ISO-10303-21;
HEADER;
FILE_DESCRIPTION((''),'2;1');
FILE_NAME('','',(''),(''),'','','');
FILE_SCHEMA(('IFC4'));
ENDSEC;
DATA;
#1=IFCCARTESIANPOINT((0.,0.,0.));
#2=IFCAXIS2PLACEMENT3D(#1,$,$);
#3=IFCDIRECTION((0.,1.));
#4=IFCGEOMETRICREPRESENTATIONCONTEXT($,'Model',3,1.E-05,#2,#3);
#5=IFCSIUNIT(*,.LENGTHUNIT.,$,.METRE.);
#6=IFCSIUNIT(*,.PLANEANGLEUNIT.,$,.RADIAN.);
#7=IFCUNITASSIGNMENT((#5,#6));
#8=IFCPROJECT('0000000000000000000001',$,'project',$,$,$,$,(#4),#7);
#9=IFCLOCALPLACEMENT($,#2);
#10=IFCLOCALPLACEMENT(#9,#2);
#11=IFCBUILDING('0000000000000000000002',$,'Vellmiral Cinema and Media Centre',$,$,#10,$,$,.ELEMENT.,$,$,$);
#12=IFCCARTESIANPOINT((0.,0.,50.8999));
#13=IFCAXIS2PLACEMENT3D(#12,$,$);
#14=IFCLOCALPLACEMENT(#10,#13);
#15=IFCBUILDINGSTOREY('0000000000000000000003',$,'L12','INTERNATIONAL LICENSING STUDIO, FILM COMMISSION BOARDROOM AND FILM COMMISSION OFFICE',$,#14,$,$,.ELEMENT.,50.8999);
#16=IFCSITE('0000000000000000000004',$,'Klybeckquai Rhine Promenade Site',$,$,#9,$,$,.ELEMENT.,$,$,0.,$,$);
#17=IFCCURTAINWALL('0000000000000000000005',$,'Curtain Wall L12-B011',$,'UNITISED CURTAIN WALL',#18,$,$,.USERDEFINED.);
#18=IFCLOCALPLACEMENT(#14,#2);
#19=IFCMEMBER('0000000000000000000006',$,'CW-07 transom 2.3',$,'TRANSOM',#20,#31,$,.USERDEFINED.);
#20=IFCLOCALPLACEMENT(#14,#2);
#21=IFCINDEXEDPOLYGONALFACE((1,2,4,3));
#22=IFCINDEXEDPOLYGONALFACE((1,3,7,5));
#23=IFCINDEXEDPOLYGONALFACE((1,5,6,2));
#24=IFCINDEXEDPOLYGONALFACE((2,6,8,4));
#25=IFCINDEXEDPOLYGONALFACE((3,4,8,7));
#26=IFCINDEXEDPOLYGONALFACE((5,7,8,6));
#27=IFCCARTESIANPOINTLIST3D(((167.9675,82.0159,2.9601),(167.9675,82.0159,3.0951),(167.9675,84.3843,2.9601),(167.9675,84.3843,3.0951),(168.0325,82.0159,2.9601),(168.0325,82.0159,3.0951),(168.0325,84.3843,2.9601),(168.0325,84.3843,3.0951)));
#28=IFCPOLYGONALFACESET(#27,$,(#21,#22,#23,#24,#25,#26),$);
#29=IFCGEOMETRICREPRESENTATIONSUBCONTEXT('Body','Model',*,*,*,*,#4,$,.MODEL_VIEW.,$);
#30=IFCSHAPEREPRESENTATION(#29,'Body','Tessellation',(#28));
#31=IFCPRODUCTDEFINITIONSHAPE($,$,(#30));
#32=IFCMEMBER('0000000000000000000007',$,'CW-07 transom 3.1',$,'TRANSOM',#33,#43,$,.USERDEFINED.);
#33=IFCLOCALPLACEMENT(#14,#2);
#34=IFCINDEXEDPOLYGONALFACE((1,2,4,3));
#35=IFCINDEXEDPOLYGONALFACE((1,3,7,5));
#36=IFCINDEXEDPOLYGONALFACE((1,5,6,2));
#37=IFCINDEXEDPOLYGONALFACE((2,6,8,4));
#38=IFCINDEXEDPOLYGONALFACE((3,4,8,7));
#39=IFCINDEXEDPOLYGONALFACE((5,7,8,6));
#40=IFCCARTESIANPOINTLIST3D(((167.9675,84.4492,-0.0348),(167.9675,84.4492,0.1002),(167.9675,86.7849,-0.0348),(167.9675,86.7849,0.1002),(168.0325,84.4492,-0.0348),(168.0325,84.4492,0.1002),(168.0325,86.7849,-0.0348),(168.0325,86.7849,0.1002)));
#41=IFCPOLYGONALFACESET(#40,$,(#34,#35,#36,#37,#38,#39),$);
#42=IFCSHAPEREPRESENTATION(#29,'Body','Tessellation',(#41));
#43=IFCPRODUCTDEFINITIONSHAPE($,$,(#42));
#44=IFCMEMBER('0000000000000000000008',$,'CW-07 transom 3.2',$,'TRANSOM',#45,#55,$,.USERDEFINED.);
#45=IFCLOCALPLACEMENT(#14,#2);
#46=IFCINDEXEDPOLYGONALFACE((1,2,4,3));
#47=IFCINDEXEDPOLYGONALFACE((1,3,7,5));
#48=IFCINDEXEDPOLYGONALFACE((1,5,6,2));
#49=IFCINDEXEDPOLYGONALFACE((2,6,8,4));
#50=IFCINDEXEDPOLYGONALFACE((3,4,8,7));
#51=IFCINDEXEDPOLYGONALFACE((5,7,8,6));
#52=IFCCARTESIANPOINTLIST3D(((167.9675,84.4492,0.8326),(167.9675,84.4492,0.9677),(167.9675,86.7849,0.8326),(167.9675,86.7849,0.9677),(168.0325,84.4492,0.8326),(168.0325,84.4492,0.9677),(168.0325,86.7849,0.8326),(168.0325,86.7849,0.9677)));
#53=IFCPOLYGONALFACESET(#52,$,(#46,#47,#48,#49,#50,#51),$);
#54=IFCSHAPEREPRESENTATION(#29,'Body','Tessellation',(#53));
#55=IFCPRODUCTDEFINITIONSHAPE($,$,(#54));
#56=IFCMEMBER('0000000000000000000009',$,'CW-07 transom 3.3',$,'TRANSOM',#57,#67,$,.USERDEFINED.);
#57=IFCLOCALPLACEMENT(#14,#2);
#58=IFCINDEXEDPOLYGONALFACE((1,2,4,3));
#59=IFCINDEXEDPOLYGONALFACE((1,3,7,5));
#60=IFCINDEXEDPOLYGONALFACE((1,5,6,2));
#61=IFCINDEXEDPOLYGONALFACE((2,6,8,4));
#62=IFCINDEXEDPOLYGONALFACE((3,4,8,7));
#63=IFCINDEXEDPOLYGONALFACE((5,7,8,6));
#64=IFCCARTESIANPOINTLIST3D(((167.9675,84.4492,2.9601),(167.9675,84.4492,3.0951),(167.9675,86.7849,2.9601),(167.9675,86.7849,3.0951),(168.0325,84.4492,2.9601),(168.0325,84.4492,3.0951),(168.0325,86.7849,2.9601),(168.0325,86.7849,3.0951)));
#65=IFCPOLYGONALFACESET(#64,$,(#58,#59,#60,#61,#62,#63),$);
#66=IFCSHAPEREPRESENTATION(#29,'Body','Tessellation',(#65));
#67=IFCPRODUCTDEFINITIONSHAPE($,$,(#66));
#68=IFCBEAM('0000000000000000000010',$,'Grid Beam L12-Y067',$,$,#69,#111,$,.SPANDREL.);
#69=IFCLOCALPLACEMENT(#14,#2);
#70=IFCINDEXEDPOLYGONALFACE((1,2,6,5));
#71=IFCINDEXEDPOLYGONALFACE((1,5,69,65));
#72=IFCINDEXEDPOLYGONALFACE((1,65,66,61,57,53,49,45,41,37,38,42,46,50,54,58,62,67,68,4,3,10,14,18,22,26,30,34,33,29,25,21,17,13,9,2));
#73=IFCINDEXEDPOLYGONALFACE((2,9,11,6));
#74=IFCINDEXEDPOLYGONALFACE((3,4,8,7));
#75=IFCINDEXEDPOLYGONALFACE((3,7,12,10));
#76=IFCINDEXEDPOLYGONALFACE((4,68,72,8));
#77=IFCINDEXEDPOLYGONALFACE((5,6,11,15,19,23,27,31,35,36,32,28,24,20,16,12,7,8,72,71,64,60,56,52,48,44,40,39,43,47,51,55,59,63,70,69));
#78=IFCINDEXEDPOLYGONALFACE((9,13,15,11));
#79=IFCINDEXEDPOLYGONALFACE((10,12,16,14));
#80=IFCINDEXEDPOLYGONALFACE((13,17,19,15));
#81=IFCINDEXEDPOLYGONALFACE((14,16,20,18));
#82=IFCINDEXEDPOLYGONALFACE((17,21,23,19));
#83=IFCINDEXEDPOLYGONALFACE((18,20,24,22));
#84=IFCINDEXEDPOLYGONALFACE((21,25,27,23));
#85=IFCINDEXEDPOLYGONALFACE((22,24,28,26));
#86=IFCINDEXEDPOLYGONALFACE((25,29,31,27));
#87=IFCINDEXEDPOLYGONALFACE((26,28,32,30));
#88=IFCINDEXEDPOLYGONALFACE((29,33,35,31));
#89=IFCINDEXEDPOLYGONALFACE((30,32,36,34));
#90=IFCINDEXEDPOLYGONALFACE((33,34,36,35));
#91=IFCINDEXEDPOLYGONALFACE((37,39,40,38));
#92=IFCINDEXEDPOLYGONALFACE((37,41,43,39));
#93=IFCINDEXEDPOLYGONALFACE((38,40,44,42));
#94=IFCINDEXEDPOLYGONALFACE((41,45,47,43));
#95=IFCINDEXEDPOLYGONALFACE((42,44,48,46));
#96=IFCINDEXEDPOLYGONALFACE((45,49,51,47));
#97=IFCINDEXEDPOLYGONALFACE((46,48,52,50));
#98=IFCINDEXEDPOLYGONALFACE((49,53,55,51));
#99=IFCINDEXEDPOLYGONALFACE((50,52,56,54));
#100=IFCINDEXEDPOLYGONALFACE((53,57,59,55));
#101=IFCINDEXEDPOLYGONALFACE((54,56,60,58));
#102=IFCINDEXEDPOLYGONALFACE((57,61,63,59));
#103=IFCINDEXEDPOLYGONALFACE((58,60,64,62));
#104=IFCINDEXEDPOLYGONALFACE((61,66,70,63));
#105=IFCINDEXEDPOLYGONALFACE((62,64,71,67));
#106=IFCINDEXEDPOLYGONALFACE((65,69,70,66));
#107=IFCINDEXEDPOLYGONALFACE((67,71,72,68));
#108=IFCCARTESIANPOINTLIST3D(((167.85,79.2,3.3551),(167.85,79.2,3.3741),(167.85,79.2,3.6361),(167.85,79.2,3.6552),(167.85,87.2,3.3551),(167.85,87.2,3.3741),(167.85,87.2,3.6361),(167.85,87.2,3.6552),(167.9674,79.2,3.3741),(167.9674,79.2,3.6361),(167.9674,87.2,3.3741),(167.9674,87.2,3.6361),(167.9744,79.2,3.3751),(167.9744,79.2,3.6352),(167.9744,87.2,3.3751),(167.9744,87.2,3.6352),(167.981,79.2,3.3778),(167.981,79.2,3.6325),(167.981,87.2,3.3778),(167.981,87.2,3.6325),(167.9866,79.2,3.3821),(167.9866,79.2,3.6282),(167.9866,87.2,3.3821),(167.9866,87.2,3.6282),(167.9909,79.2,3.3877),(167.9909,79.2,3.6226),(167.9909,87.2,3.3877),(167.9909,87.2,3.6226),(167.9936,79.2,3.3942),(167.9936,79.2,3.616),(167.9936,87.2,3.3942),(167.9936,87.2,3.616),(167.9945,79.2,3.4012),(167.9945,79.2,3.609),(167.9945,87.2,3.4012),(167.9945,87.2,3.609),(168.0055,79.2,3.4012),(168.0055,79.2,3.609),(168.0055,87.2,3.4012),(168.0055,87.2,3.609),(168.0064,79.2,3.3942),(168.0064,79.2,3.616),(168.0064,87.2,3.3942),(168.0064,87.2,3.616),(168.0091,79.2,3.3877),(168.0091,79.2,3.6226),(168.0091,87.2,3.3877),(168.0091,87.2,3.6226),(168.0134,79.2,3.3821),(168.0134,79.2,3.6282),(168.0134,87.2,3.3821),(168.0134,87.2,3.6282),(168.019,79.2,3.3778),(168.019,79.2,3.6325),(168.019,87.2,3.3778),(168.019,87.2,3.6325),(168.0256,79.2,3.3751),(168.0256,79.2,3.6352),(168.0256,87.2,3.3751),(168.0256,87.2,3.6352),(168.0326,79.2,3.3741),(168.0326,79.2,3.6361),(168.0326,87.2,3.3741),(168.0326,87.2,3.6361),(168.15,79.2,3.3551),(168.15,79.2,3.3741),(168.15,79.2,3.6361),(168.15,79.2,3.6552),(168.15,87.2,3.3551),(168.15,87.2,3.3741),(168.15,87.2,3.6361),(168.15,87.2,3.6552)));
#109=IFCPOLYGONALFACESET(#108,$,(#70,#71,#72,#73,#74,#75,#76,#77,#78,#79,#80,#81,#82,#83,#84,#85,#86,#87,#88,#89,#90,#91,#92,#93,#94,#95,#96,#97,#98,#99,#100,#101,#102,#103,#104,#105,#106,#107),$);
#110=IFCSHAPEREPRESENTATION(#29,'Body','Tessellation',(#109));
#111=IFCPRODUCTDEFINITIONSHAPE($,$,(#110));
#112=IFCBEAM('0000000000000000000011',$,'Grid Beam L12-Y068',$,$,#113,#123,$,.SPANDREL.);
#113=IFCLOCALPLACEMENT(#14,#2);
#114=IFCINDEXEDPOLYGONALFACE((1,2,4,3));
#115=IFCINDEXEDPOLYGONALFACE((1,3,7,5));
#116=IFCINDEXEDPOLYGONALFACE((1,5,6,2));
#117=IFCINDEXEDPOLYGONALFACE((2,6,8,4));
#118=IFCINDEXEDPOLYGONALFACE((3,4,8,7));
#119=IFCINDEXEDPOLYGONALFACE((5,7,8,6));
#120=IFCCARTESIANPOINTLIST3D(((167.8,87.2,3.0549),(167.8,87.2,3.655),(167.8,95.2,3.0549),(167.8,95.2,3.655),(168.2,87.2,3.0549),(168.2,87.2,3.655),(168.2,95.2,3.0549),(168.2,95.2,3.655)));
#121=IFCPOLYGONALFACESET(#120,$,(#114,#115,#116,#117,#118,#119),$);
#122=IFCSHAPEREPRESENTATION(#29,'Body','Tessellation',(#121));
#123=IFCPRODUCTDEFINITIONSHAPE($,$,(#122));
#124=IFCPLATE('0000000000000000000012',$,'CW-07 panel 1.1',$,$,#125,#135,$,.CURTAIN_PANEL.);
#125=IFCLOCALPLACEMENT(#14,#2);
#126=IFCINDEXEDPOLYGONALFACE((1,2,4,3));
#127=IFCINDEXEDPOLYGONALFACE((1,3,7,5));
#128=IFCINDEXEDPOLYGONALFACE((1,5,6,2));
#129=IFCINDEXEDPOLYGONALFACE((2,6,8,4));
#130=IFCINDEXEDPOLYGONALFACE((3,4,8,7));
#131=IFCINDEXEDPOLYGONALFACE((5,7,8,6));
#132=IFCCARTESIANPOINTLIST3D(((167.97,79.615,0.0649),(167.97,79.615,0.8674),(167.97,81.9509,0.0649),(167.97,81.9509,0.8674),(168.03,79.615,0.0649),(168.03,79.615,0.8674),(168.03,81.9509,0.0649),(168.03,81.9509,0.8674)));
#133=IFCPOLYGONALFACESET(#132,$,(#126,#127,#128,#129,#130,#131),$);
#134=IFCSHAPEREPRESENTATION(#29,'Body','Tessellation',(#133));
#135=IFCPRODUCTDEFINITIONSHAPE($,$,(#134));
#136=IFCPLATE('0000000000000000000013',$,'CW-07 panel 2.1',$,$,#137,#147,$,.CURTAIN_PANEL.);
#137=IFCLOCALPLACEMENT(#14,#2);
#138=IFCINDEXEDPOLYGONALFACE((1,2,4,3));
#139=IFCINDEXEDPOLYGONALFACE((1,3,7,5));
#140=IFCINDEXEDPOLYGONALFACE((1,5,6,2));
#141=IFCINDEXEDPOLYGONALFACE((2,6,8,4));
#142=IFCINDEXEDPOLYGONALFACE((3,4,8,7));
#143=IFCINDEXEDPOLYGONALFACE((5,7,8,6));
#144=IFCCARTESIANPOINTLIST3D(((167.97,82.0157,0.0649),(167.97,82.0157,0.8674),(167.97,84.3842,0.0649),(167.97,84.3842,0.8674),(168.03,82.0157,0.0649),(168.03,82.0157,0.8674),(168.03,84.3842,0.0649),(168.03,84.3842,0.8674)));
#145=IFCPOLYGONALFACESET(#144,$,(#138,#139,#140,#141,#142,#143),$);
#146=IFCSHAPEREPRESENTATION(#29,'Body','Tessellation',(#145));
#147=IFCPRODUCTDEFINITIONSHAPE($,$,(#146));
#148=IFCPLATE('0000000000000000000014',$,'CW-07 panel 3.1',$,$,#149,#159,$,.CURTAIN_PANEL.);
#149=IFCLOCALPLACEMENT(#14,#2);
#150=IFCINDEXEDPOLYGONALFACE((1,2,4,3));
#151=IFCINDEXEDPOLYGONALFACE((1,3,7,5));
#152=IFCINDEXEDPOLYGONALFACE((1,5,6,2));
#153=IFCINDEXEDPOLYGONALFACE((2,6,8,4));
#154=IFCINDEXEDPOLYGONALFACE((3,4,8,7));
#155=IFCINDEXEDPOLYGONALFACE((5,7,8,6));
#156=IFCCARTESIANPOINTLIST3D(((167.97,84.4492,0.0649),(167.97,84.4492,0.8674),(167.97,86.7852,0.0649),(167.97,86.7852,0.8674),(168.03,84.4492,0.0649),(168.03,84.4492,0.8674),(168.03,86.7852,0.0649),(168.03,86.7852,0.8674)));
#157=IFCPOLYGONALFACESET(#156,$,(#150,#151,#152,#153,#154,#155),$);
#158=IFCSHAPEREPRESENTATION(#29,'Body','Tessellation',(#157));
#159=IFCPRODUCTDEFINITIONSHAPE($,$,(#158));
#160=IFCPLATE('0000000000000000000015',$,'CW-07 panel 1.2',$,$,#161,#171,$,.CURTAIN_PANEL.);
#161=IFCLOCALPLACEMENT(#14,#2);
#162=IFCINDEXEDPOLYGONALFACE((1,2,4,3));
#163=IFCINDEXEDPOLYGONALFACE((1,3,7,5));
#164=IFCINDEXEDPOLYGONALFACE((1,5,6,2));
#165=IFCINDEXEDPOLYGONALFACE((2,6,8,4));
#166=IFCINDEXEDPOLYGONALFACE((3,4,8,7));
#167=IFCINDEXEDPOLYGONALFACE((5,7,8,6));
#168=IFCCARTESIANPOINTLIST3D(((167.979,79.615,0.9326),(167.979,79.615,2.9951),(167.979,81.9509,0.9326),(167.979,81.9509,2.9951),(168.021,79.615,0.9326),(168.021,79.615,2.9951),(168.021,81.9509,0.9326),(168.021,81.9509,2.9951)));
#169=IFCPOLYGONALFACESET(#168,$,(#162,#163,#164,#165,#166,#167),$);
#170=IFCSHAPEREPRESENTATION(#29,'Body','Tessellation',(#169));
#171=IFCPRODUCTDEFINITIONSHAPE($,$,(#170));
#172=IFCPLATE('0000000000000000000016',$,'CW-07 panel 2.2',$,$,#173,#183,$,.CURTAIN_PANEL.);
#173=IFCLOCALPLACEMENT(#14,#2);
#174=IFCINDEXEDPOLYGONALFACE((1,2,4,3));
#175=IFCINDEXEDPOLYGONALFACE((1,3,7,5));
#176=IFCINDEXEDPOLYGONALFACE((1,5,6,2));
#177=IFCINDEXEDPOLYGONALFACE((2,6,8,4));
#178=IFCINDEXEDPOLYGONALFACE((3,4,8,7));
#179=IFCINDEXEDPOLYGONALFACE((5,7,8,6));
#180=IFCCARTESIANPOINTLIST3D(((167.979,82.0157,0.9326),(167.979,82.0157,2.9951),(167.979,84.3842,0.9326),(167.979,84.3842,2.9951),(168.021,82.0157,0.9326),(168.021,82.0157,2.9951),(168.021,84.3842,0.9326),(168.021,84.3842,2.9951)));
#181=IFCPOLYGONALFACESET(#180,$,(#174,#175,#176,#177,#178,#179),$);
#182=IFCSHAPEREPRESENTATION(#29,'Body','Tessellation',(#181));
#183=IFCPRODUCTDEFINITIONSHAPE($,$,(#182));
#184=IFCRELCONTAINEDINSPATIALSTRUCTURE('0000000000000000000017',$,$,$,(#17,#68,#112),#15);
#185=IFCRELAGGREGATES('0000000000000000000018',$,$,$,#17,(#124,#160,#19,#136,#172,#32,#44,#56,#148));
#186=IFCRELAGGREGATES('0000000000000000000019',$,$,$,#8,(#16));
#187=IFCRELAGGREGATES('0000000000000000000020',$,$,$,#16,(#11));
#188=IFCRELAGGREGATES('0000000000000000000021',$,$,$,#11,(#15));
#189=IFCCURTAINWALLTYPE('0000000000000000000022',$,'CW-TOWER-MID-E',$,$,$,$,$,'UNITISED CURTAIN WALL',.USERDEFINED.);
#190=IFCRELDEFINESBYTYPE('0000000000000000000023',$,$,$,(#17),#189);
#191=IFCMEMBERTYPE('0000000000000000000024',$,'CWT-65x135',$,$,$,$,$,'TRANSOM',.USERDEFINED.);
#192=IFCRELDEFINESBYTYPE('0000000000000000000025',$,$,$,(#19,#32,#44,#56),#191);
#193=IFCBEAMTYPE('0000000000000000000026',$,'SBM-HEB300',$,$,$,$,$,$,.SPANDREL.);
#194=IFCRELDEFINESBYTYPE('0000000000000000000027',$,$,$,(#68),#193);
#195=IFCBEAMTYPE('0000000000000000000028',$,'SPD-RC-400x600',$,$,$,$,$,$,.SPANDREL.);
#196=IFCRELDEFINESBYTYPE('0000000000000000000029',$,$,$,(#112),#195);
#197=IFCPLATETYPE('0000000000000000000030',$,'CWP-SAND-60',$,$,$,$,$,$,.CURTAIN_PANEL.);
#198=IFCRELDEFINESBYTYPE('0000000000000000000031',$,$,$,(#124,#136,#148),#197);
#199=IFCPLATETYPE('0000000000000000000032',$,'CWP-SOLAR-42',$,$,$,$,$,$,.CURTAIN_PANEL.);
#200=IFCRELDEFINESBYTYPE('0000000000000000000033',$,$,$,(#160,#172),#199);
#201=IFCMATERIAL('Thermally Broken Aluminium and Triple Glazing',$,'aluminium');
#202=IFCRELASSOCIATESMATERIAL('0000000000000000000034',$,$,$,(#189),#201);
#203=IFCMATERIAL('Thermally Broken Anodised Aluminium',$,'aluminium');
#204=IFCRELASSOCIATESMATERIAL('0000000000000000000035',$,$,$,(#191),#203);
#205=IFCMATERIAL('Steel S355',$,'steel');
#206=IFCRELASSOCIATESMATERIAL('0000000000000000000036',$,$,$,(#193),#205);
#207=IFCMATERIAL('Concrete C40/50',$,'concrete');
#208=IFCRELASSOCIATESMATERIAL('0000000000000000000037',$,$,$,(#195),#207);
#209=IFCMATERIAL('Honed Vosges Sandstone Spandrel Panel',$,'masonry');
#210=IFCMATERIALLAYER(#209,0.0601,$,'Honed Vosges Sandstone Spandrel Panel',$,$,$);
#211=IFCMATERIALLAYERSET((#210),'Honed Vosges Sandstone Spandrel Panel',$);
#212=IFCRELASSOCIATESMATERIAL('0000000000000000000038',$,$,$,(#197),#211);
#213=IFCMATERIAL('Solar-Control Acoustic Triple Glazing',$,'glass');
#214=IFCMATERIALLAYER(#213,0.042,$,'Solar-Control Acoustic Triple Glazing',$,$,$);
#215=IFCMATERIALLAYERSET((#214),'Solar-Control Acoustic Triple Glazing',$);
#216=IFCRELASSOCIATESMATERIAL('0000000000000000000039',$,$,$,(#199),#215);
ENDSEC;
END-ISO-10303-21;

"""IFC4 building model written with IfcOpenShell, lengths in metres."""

from ifc_helpers import new_model, si_unit, direction, frame, origin, origin_2d, place, context, subcontext, project, spatial, rectangle, i_section, extrude, material, layer, layer_set, material_profile, profile_set, type_object, element, aggregate, save


model = new_model("IFC4")

# Units and contexts
model_context = context("Model", 3, precision=1e-05, world=origin(), true_north=direction((0.0, 1.0)))
body_context = subcontext(model_context, "Body", "Model", "MODEL_VIEW")
ifc_project = project(units=[si_unit("LENGTHUNIT", "METRE"), si_unit("PLANEANGLEUNIT", "RADIAN")], contexts=[model_context])

# Site, building, storey
site_placement = place(None, origin())
site = spatial("IfcSite", under=ifc_project, at=site_placement, Name="Klybeckquai Rhine Promenade Site", CompositionType="ELEMENT", RefElevation=0.0)
building_placement = place(site_placement, origin())
building = spatial("IfcBuilding", under=site, at=building_placement, Name="Vellmiral Cinema and Media Centre", CompositionType="ELEMENT")
storey_placement = place(building_placement, frame((0.0, 0.0, 50.8999)))
storey = spatial("IfcBuildingStorey", under=building, at=storey_placement, Name="L12", Description="INTERNATIONAL LICENSING STUDIO, FILM COMMISSION BOARDROOM AND FILM COMMISSION OFFICE", CompositionType="ELEMENT", Elevation=50.8999)

# Curtain wall, members
ifc_material_1 = material(Name="Thermally Broken Aluminium and Triple Glazing", Category="aluminium")
curtain_wall_type = type_object("IfcCurtainWallType", Name="CW-TOWER-MID-E", ElementType="UNITISED CURTAIN WALL", PredefinedType="USERDEFINED", material=ifc_material_1)
curtain_wall_placement = place(storey_placement, origin())
curtain_wall = element("IfcCurtainWall", 1, at=curtain_wall_placement, inside=storey, type_object=curtain_wall_type, Name="Curtain Wall L12-B011", ObjectType="UNITISED CURTAIN WALL", PredefinedType="USERDEFINED")
ifc_material_2 = material(Name="Thermally Broken Anodised Aluminium", Category="aluminium")
ifc_material_profile_1 = material_profile(ifc_material_2, rectangle(XDim=0.0649, YDim=0.135, at=origin_2d()), Name="MULL 65x135")
ifc_profile_set_1 = profile_set([ifc_material_profile_1], Name="Thermally Broken Anodised Aluminium")
member_type_1 = type_object("IfcMemberType", Name="CWT-65x135", ElementType="TRANSOM", PredefinedType="USERDEFINED", material=ifc_profile_set_1)
member_1_placement = place(storey_placement, frame((168.0, 82.0159, 3.0276), z_axis=(0.0, 1.0, 0.0), x_axis=(-1.0, 0.0, 0.0)))
member_1 = element("IfcMember", 2, at=member_1_placement, type_object=member_type_1, Name="CW-07 transom 2.3", ObjectType="TRANSOM", PredefinedType="USERDEFINED", context=body_context, shape_type="SweptSolid", body=[
    extrude(rectangle(XDim=0.0649, YDim=0.135, at=origin_2d()), origin(), (0.0, 0.0, 1.0), 2.3684),
])
member_2_placement = place(storey_placement, frame((168.0, 84.4492, 0.0327), z_axis=(0.0, 1.0, 0.0), x_axis=(-1.0, 0.0, 0.0)))
member_2 = element("IfcMember", 3, at=member_2_placement, type_object=member_type_1, Name="CW-07 transom 3.1", ObjectType="TRANSOM", PredefinedType="USERDEFINED", context=body_context, shape_type="SweptSolid", body=[
    extrude(rectangle(XDim=0.0649, YDim=0.135, at=origin_2d()), origin(), (0.0, 0.0, 1.0), 2.3357),
])
member_3_placement = place(storey_placement, frame((168.0, 84.4492, 0.9001), z_axis=(0.0, 1.0, 0.0), x_axis=(-1.0, 0.0, 0.0)))
member_3 = element("IfcMember", 4, at=member_3_placement, type_object=member_type_1, Name="CW-07 transom 3.2", ObjectType="TRANSOM", PredefinedType="USERDEFINED", context=body_context, shape_type="SweptSolid", body=[
    extrude(rectangle(XDim=0.0649, YDim=0.135, at=origin_2d()), origin(), (0.0, 0.0, 1.0), 2.3357),
])
member_4_placement = place(storey_placement, frame((168.0, 84.4492, 3.0276), z_axis=(0.0, 1.0, 0.0), x_axis=(-1.0, 0.0, 0.0)))
member_4 = element("IfcMember", 5, at=member_4_placement, type_object=member_type_1, Name="CW-07 transom 3.3", ObjectType="TRANSOM", PredefinedType="USERDEFINED", context=body_context, shape_type="SweptSolid", body=[
    extrude(rectangle(XDim=0.0649, YDim=0.135, at=origin_2d()), origin(), (0.0, 0.0, 1.0), 2.3357),
])

# Beams
ifc_material_3 = material(Name="Steel S355", Category="steel")
ifc_material_profile_2 = material_profile(ifc_material_3, i_section(OverallWidth=0.3, OverallDepth=0.3, WebThickness=0.011, FlangeThickness=0.019, FilletRadius=0.0271, at=origin_2d()), Name="HEB 300")
ifc_profile_set_2 = profile_set([ifc_material_profile_2], Name="Steel S355")
beam_type_1 = type_object("IfcBeamType", Name="SBM-HEB300", PredefinedType="SPANDREL", material=ifc_profile_set_2)
beam_1_placement = place(storey_placement, frame((168.0, 79.2, 3.5051), z_axis=(0.0, 1.0, 0.0), x_axis=(-1.0, 0.0, 0.0)))
element("IfcBeam", 6, at=beam_1_placement, inside=storey, type_object=beam_type_1, Name="Grid Beam L12-Y067", PredefinedType="SPANDREL", context=body_context, shape_type="SweptSolid", body=[
    extrude(i_section(OverallWidth=0.3, OverallDepth=0.3, WebThickness=0.011, FlangeThickness=0.019, FilletRadius=0.0271, at=origin_2d()), origin(), (0.0, 0.0, 1.0), 8.0),
])
ifc_material_4 = material(Name="Concrete C40/50", Category="concrete")
ifc_material_profile_3 = material_profile(ifc_material_4, rectangle(XDim=0.3999, YDim=0.6001, at=origin_2d()), Name="RC 400x600")
ifc_profile_set_3 = profile_set([ifc_material_profile_3], Name="Concrete C40/50")
beam_type_2 = type_object("IfcBeamType", Name="SPD-RC-400x600", PredefinedType="SPANDREL", material=ifc_profile_set_3)
beam_2_placement = place(storey_placement, frame((168.0, 87.2, 3.355), z_axis=(0.0, 1.0, 0.0), x_axis=(-1.0, 0.0, 0.0)))
element("IfcBeam", 7, at=beam_2_placement, inside=storey, type_object=beam_type_2, Name="Grid Beam L12-Y068", PredefinedType="SPANDREL", context=body_context, shape_type="SweptSolid", body=[
    extrude(rectangle(XDim=0.3999, YDim=0.6001, at=origin_2d()), origin(), (0.0, 0.0, 1.0), 8.0),
])

# Plates
ifc_material_5 = material(Name="Honed Vosges Sandstone Spandrel Panel", Category="masonry")
ifc_layer_1 = layer(ifc_material_5, 0.0601, Name="Honed Vosges Sandstone Spandrel Panel")
ifc_layer_set_1 = layer_set([ifc_layer_1], Name="Honed Vosges Sandstone Spandrel Panel")
plate_type_1 = type_object("IfcPlateType", Name="CWP-SAND-60", PredefinedType="CURTAIN_PANEL", material=ifc_layer_set_1)
plate_1_placement = place(storey_placement, frame((168.0, 80.783, 0.0649), z_axis=(0.0, 0.0, 1.0), x_axis=(0.0, 1.0, 0.0)))
plate_1 = element("IfcPlate", 8, at=plate_1_placement, type_object=plate_type_1, Name="CW-07 panel 1.1", PredefinedType="CURTAIN_PANEL", context=body_context, shape_type="SweptSolid", body=[
    extrude(rectangle(XDim=2.3359, YDim=0.0601, at=origin_2d()), origin(), (0.0, 0.0, 1.0), 0.8025),
])
plate_2_placement = place(storey_placement, frame((168.0, 83.2, 0.0649), z_axis=(0.0, 0.0, 1.0), x_axis=(0.0, 1.0, 0.0)))
plate_2 = element("IfcPlate", 9, at=plate_2_placement, type_object=plate_type_1, Name="CW-07 panel 2.1", PredefinedType="CURTAIN_PANEL", context=body_context, shape_type="SweptSolid", body=[
    extrude(rectangle(XDim=2.3684, YDim=0.0601, at=origin_2d()), origin(), (0.0, 0.0, 1.0), 0.8025),
])
plate_3_placement = place(storey_placement, frame((168.0, 85.6172, 0.0649), z_axis=(0.0, 0.0, 1.0), x_axis=(0.0, 1.0, 0.0)))
plate_3 = element("IfcPlate", 10, at=plate_3_placement, type_object=plate_type_1, Name="CW-07 panel 3.1", PredefinedType="CURTAIN_PANEL", context=body_context, shape_type="SweptSolid", body=[
    extrude(rectangle(XDim=2.3359, YDim=0.0601, at=origin_2d()), origin(), (0.0, 0.0, 1.0), 0.8025),
])
ifc_material_6 = material(Name="Solar-Control Acoustic Triple Glazing", Category="glass")
ifc_layer_2 = layer(ifc_material_6, 0.042, Name="Solar-Control Acoustic Triple Glazing")
ifc_layer_set_2 = layer_set([ifc_layer_2], Name="Solar-Control Acoustic Triple Glazing")
plate_type_2 = type_object("IfcPlateType", Name="CWP-SOLAR-42", PredefinedType="CURTAIN_PANEL", material=ifc_layer_set_2)
plate_4_placement = place(storey_placement, frame((168.0, 80.783, 0.9326), z_axis=(0.0, 0.0, 1.0), x_axis=(0.0, 1.0, 0.0)))
plate_4 = element("IfcPlate", 11, at=plate_4_placement, type_object=plate_type_2, Name="CW-07 panel 1.2", PredefinedType="CURTAIN_PANEL", context=body_context, shape_type="SweptSolid", body=[
    extrude(rectangle(XDim=2.3359, YDim=0.042, at=origin_2d()), origin(), (0.0, 0.0, 1.0), 2.0625),
])
plate_5_placement = place(storey_placement, frame((168.0, 83.2, 0.9326), z_axis=(0.0, 0.0, 1.0), x_axis=(0.0, 1.0, 0.0)))
plate_5 = element("IfcPlate", 12, at=plate_5_placement, type_object=plate_type_2, Name="CW-07 panel 2.2", PredefinedType="CURTAIN_PANEL", context=body_context, shape_type="SweptSolid", body=[
    extrude(rectangle(XDim=2.3684, YDim=0.042, at=origin_2d()), origin(), (0.0, 0.0, 1.0), 2.0625),
])
aggregate(curtain_wall, [plate_1, plate_4, member_1, plate_2, plate_5, member_2, member_3, member_4, plate_3])

save(model, "model.ifc")
